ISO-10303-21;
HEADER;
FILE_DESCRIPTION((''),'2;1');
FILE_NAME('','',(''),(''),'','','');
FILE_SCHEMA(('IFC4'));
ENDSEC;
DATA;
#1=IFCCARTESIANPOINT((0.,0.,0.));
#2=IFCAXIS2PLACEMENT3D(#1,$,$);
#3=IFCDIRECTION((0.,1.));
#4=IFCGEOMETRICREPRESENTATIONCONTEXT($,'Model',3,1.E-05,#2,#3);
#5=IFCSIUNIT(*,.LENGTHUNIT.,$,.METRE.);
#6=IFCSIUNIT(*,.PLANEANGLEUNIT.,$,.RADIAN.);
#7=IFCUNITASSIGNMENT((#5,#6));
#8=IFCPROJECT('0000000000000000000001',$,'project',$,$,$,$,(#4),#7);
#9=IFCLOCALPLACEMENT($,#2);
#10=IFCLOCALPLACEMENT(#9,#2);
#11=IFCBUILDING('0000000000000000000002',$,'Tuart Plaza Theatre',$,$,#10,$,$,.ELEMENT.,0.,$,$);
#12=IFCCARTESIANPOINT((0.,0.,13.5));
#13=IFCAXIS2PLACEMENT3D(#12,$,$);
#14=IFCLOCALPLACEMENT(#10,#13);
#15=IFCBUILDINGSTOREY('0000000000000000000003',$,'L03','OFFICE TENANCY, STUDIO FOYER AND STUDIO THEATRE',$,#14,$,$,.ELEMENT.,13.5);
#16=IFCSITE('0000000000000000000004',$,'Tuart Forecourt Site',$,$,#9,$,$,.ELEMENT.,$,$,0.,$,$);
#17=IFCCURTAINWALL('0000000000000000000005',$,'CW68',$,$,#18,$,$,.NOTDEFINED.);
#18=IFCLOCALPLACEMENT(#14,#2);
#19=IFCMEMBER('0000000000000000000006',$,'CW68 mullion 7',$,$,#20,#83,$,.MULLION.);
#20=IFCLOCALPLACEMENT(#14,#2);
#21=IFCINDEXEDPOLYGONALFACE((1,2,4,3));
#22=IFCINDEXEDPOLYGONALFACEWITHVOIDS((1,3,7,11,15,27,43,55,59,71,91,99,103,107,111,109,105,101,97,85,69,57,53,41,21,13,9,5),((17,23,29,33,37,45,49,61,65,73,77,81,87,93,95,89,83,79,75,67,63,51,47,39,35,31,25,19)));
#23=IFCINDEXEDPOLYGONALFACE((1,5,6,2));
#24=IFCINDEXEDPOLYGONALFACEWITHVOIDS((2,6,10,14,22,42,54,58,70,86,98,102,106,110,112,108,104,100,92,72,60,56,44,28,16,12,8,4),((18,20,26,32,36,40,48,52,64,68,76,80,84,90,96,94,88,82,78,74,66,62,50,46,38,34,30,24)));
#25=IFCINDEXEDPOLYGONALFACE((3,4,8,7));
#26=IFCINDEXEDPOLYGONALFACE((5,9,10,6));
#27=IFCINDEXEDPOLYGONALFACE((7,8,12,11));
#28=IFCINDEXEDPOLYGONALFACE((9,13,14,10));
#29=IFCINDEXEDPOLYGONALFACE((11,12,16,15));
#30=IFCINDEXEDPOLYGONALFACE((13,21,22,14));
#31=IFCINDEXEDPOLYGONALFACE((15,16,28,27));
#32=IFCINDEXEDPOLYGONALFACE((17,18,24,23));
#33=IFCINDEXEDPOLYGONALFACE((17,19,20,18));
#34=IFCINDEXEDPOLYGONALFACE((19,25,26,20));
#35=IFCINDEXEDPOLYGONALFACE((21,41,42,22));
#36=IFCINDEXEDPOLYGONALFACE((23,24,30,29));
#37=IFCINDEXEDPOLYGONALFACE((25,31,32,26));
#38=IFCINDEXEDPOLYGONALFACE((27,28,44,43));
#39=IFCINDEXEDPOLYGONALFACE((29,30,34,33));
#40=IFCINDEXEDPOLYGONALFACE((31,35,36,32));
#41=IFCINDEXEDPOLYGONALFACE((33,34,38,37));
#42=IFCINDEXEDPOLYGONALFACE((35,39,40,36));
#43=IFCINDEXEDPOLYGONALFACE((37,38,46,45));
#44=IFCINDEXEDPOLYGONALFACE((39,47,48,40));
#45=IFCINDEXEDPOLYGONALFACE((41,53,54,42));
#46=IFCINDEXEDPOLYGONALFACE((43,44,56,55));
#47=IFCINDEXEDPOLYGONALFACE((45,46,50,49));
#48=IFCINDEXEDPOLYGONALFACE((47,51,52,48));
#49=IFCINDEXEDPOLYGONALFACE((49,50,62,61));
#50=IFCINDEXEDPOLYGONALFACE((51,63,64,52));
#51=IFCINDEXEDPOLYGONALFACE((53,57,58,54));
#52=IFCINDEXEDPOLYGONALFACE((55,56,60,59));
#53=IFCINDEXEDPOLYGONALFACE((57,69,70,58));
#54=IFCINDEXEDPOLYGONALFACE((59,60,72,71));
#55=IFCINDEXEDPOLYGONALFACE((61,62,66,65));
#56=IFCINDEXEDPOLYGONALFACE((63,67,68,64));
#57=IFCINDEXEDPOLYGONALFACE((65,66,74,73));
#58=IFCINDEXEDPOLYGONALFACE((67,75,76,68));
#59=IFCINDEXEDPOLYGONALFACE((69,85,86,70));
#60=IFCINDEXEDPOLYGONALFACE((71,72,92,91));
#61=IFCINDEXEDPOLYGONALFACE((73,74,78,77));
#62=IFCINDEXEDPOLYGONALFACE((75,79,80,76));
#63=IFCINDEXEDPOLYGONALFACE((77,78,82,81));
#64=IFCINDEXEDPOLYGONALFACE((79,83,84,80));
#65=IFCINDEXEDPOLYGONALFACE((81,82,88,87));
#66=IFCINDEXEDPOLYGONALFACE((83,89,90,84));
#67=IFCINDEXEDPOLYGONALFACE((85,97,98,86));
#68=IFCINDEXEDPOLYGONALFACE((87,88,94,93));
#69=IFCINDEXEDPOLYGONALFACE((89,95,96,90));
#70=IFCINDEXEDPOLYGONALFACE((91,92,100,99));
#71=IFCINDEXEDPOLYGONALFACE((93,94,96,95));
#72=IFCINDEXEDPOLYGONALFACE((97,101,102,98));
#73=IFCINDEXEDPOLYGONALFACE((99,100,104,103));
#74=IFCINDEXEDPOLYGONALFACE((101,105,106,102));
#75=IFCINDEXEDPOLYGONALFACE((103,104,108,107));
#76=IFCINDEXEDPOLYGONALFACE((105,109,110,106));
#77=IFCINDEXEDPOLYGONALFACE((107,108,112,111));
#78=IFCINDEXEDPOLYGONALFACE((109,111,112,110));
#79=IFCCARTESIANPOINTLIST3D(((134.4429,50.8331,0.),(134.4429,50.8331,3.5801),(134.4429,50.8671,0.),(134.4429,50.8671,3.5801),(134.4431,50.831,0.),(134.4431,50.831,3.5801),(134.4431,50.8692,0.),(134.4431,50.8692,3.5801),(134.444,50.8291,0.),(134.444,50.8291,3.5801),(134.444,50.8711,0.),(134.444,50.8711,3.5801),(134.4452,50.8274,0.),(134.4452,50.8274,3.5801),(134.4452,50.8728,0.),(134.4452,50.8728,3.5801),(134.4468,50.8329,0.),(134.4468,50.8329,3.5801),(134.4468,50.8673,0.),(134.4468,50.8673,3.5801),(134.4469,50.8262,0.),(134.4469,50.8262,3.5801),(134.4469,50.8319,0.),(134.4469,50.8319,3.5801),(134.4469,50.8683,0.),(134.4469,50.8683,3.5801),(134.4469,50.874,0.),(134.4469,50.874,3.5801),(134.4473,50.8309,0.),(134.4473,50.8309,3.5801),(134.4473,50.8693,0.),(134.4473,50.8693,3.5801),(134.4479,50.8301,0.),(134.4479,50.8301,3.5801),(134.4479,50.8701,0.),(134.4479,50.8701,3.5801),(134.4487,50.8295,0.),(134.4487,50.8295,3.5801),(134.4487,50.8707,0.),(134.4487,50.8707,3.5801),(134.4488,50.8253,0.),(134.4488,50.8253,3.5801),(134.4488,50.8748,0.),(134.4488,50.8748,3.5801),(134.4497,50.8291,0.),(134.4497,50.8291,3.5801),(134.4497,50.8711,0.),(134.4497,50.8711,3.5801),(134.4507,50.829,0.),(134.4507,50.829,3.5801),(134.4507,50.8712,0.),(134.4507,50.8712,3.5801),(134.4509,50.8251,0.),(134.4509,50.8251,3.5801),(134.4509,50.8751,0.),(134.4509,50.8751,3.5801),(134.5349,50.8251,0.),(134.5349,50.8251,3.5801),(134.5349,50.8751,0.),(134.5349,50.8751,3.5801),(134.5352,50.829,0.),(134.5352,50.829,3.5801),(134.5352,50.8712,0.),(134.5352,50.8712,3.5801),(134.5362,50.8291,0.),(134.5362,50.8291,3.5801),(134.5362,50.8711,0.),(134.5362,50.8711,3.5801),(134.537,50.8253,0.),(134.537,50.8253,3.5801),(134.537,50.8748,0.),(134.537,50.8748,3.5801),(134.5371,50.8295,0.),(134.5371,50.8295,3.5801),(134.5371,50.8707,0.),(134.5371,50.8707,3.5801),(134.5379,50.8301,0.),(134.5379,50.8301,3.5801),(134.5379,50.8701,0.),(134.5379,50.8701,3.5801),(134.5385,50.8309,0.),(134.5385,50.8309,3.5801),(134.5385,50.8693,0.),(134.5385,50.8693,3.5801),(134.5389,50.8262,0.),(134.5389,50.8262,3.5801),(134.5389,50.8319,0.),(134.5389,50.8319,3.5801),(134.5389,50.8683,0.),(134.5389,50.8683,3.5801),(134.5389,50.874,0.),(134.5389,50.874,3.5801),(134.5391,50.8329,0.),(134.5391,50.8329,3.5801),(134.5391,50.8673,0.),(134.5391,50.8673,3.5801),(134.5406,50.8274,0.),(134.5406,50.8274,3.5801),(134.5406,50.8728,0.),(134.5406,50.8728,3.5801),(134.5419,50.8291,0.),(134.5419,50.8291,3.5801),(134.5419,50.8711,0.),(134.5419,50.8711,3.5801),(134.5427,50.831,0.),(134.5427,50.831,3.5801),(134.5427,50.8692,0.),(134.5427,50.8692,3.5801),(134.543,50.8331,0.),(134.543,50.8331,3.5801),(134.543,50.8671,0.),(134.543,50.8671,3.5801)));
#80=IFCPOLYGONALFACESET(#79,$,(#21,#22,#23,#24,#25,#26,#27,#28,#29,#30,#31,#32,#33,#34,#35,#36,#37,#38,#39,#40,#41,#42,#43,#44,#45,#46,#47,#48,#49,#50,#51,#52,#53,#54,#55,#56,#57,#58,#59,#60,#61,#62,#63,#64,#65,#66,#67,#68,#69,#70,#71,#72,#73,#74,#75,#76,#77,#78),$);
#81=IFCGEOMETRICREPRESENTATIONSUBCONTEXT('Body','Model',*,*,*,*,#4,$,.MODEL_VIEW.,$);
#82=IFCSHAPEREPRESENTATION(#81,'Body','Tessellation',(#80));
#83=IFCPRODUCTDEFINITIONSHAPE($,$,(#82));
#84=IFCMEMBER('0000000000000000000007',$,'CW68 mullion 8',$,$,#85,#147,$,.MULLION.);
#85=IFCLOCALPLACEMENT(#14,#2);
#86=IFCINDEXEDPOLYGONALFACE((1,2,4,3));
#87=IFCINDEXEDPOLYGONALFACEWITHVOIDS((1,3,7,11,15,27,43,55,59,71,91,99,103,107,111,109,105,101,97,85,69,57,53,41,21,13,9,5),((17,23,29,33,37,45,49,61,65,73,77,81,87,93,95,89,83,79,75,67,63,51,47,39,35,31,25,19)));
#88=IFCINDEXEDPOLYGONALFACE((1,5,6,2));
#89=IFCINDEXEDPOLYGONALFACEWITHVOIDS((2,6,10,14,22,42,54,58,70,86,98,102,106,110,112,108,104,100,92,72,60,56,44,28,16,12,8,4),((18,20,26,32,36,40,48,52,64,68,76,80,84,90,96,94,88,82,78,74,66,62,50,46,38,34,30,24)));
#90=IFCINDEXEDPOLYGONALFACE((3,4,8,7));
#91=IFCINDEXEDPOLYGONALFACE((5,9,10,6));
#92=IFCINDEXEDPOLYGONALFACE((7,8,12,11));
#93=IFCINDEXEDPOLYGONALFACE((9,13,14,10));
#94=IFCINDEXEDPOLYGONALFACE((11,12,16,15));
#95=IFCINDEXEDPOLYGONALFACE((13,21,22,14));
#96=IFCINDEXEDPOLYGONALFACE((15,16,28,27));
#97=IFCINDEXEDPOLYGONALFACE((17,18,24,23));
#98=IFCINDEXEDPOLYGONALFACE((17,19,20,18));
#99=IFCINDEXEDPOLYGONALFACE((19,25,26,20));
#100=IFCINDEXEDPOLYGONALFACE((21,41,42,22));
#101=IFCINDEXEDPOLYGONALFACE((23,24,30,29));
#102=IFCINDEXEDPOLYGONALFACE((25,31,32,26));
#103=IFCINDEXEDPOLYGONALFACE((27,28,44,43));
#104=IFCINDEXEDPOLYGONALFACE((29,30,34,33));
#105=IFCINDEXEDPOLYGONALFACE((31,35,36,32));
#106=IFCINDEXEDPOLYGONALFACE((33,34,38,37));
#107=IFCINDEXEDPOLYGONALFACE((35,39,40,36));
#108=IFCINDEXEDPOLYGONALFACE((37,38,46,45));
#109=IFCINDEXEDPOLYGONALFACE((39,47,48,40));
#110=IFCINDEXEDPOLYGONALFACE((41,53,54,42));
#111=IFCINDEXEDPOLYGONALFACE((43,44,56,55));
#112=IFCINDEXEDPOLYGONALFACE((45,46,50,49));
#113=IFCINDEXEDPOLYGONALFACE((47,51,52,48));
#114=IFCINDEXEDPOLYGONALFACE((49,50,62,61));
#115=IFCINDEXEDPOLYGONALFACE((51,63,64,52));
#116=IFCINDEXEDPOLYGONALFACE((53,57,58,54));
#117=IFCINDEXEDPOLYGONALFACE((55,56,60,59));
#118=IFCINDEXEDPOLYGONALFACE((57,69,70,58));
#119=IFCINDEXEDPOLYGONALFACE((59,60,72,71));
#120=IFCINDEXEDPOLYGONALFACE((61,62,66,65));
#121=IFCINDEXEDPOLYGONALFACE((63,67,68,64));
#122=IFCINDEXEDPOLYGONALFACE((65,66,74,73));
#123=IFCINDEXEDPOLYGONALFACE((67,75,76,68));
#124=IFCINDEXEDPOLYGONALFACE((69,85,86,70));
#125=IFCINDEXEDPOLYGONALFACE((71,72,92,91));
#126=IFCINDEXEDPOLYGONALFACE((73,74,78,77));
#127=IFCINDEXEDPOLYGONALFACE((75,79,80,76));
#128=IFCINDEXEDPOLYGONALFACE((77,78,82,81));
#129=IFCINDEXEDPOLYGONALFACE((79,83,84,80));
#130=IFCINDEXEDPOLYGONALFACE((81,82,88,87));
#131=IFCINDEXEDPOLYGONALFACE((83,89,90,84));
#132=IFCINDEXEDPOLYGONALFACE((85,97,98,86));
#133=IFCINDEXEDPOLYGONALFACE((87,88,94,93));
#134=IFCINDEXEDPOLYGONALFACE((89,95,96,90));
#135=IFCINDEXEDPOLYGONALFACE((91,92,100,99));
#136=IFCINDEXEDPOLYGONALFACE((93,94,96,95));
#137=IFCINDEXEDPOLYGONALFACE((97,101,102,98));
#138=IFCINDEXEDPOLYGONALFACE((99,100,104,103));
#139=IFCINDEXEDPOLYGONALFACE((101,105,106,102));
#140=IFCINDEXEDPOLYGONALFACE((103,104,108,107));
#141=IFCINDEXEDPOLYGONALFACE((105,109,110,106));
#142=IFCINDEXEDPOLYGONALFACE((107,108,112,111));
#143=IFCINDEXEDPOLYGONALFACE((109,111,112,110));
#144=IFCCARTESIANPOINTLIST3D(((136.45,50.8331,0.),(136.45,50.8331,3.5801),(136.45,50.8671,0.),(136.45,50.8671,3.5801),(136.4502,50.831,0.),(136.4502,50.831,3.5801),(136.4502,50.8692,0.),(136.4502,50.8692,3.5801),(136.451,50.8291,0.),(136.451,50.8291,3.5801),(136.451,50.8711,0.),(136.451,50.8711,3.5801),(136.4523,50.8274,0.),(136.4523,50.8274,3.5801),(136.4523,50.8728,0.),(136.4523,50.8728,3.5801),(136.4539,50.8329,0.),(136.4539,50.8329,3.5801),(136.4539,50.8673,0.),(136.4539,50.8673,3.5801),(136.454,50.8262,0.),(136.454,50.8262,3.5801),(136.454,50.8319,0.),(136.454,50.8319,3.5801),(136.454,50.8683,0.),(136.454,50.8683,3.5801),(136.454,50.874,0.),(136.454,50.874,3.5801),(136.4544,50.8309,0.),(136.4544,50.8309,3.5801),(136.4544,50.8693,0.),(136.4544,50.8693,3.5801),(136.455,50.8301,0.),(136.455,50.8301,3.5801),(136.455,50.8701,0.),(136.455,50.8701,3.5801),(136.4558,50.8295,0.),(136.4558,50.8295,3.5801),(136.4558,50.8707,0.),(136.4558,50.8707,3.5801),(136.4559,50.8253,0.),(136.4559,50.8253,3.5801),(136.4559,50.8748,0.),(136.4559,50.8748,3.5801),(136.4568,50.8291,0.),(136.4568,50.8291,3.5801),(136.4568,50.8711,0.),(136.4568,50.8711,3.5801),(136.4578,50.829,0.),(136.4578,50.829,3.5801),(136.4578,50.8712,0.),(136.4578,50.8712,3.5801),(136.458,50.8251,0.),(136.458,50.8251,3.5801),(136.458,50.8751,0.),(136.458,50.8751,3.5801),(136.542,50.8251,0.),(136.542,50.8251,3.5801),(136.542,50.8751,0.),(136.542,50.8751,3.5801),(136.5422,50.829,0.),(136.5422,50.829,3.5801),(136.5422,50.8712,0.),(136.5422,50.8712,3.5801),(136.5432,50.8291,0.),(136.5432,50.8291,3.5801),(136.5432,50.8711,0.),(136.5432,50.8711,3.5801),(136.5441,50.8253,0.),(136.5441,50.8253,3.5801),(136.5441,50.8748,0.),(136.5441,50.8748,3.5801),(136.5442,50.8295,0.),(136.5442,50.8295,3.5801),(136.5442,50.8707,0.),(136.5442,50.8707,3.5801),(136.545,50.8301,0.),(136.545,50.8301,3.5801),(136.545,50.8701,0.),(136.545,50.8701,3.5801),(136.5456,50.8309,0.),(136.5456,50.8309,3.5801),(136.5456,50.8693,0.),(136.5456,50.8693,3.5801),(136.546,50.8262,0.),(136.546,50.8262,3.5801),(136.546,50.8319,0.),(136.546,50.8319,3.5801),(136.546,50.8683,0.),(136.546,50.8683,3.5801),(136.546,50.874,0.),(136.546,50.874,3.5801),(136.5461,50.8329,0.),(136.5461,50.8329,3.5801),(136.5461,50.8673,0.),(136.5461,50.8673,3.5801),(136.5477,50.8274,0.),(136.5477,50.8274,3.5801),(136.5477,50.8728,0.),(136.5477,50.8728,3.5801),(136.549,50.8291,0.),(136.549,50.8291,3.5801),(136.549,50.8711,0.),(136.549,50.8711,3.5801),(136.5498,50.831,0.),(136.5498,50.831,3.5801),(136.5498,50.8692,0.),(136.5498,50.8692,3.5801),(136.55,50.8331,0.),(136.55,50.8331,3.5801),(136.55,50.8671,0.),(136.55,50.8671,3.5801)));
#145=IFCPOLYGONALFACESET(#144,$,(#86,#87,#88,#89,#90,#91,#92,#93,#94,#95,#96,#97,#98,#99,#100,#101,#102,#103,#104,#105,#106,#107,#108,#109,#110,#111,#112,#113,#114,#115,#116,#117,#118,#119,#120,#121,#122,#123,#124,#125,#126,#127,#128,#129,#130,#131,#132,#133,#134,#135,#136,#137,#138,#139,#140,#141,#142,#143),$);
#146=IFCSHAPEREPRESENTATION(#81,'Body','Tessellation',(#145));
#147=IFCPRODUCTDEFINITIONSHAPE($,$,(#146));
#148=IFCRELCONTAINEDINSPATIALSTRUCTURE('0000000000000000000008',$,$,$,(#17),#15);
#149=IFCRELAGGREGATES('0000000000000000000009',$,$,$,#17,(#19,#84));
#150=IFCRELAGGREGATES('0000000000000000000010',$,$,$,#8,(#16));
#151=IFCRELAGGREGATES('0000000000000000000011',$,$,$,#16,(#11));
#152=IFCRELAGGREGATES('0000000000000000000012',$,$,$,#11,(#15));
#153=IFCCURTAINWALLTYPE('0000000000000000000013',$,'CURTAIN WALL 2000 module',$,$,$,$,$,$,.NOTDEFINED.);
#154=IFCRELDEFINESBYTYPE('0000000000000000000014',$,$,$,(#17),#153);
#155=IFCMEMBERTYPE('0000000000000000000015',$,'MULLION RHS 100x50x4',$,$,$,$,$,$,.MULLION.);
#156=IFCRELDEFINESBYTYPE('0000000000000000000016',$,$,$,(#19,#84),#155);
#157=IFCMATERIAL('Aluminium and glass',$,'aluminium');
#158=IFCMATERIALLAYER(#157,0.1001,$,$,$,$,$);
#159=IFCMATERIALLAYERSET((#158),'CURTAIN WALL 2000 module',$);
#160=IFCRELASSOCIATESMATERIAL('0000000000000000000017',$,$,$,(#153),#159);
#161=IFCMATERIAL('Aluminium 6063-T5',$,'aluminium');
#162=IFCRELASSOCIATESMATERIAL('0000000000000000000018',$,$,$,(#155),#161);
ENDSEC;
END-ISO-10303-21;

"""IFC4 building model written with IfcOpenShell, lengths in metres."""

from ifc_helpers import new_model, si_unit, direction, frame, origin, origin_2d, place, context, subcontext, project, spatial, hollow_rectangle, extrude, material, layer, layer_set, material_profile, profile_set, type_object, element, aggregate, save


model = new_model("IFC4")

# Units and contexts
model_context = context("Model", 3, precision=1e-05, world=origin(), true_north=direction((0.0, 1.0)))
body_context = subcontext(model_context, "Body", "Model", "MODEL_VIEW")
ifc_project = project(units=[si_unit("LENGTHUNIT", "METRE"), si_unit("PLANEANGLEUNIT", "RADIAN")], contexts=[model_context])

# Site, building, storey
site_placement = place(None, origin())
site = spatial("IfcSite", under=ifc_project, at=site_placement, Name="Tuart Forecourt Site", CompositionType="ELEMENT", RefElevation=0.0)
building_placement = place(site_placement, origin())
building = spatial("IfcBuilding", under=site, at=building_placement, Name="Tuart Plaza Theatre", CompositionType="ELEMENT", ElevationOfRefHeight=0.0)
storey_placement = place(building_placement, frame((0.0, 0.0, 13.5)))
storey = spatial("IfcBuildingStorey", under=building, at=storey_placement, Name="L03", Description="OFFICE TENANCY, STUDIO FOYER AND STUDIO THEATRE", CompositionType="ELEMENT", Elevation=13.5)

# Curtain wall, members
ifc_material_1 = material(Name="Aluminium and glass", Category="aluminium")
ifc_layer_1 = layer(ifc_material_1, 0.1001)
ifc_layer_set_1 = layer_set([ifc_layer_1], Name="CURTAIN WALL 2000 module")
curtain_wall_type = type_object("IfcCurtainWallType", Name="CURTAIN WALL 2000 module", PredefinedType="NOTDEFINED", material=ifc_layer_set_1)
curtain_wall_placement = place(storey_placement, origin())
curtain_wall = element("IfcCurtainWall", 1, at=curtain_wall_placement, inside=storey, type_object=curtain_wall_type, Name="CW68", PredefinedType="NOTDEFINED")
ifc_material_2 = material(Name="Aluminium 6063-T5", Category="aluminium")
ifc_material_profile_1 = material_profile(ifc_material_2, hollow_rectangle(XDim=0.05, YDim=0.1001, WallThickness=0.0039, InnerFilletRadius=0.0039, OuterFilletRadius=0.0081, at=origin_2d()), Name="RHS 100x50x4")
ifc_profile_set_1 = profile_set([ifc_material_profile_1], Name="Aluminium 6063-T5")
member_type_1 = type_object("IfcMemberType", Name="MULLION RHS 100x50x4", PredefinedType="MULLION", material=ifc_profile_set_1)
member_1_placement = place(storey_placement, frame((134.4929, 50.8501, 0.0), z_axis=(0.0, 0.0, 1.0), x_axis=(0.0, 1.0, 0.0)))
member_1 = element("IfcMember", 2, at=member_1_placement, type_object=member_type_1, Name="CW68 mullion 7", PredefinedType="MULLION", context=body_context, shape_type="SweptSolid", body=[
    extrude(hollow_rectangle(XDim=0.05, YDim=0.1001, WallThickness=0.0039, InnerFilletRadius=0.0039, OuterFilletRadius=0.0081, at=origin_2d()), origin(), (0.0, 0.0, 1.0), 3.5801),
])
member_2_placement = place(storey_placement, frame((136.5, 50.8501, 0.0), z_axis=(0.0, 0.0, 1.0), x_axis=(0.0, 1.0, 0.0)))
member_2 = element("IfcMember", 3, at=member_2_placement, type_object=member_type_1, Name="CW68 mullion 8", PredefinedType="MULLION", context=body_context, shape_type="SweptSolid", body=[
    extrude(hollow_rectangle(XDim=0.05, YDim=0.1001, WallThickness=0.0039, InnerFilletRadius=0.0039, OuterFilletRadius=0.0081, at=origin_2d()), origin(), (0.0, 0.0, 1.0), 3.5801),
])
aggregate(curtain_wall, [member_1, member_2])

save(model, "model.ifc")
